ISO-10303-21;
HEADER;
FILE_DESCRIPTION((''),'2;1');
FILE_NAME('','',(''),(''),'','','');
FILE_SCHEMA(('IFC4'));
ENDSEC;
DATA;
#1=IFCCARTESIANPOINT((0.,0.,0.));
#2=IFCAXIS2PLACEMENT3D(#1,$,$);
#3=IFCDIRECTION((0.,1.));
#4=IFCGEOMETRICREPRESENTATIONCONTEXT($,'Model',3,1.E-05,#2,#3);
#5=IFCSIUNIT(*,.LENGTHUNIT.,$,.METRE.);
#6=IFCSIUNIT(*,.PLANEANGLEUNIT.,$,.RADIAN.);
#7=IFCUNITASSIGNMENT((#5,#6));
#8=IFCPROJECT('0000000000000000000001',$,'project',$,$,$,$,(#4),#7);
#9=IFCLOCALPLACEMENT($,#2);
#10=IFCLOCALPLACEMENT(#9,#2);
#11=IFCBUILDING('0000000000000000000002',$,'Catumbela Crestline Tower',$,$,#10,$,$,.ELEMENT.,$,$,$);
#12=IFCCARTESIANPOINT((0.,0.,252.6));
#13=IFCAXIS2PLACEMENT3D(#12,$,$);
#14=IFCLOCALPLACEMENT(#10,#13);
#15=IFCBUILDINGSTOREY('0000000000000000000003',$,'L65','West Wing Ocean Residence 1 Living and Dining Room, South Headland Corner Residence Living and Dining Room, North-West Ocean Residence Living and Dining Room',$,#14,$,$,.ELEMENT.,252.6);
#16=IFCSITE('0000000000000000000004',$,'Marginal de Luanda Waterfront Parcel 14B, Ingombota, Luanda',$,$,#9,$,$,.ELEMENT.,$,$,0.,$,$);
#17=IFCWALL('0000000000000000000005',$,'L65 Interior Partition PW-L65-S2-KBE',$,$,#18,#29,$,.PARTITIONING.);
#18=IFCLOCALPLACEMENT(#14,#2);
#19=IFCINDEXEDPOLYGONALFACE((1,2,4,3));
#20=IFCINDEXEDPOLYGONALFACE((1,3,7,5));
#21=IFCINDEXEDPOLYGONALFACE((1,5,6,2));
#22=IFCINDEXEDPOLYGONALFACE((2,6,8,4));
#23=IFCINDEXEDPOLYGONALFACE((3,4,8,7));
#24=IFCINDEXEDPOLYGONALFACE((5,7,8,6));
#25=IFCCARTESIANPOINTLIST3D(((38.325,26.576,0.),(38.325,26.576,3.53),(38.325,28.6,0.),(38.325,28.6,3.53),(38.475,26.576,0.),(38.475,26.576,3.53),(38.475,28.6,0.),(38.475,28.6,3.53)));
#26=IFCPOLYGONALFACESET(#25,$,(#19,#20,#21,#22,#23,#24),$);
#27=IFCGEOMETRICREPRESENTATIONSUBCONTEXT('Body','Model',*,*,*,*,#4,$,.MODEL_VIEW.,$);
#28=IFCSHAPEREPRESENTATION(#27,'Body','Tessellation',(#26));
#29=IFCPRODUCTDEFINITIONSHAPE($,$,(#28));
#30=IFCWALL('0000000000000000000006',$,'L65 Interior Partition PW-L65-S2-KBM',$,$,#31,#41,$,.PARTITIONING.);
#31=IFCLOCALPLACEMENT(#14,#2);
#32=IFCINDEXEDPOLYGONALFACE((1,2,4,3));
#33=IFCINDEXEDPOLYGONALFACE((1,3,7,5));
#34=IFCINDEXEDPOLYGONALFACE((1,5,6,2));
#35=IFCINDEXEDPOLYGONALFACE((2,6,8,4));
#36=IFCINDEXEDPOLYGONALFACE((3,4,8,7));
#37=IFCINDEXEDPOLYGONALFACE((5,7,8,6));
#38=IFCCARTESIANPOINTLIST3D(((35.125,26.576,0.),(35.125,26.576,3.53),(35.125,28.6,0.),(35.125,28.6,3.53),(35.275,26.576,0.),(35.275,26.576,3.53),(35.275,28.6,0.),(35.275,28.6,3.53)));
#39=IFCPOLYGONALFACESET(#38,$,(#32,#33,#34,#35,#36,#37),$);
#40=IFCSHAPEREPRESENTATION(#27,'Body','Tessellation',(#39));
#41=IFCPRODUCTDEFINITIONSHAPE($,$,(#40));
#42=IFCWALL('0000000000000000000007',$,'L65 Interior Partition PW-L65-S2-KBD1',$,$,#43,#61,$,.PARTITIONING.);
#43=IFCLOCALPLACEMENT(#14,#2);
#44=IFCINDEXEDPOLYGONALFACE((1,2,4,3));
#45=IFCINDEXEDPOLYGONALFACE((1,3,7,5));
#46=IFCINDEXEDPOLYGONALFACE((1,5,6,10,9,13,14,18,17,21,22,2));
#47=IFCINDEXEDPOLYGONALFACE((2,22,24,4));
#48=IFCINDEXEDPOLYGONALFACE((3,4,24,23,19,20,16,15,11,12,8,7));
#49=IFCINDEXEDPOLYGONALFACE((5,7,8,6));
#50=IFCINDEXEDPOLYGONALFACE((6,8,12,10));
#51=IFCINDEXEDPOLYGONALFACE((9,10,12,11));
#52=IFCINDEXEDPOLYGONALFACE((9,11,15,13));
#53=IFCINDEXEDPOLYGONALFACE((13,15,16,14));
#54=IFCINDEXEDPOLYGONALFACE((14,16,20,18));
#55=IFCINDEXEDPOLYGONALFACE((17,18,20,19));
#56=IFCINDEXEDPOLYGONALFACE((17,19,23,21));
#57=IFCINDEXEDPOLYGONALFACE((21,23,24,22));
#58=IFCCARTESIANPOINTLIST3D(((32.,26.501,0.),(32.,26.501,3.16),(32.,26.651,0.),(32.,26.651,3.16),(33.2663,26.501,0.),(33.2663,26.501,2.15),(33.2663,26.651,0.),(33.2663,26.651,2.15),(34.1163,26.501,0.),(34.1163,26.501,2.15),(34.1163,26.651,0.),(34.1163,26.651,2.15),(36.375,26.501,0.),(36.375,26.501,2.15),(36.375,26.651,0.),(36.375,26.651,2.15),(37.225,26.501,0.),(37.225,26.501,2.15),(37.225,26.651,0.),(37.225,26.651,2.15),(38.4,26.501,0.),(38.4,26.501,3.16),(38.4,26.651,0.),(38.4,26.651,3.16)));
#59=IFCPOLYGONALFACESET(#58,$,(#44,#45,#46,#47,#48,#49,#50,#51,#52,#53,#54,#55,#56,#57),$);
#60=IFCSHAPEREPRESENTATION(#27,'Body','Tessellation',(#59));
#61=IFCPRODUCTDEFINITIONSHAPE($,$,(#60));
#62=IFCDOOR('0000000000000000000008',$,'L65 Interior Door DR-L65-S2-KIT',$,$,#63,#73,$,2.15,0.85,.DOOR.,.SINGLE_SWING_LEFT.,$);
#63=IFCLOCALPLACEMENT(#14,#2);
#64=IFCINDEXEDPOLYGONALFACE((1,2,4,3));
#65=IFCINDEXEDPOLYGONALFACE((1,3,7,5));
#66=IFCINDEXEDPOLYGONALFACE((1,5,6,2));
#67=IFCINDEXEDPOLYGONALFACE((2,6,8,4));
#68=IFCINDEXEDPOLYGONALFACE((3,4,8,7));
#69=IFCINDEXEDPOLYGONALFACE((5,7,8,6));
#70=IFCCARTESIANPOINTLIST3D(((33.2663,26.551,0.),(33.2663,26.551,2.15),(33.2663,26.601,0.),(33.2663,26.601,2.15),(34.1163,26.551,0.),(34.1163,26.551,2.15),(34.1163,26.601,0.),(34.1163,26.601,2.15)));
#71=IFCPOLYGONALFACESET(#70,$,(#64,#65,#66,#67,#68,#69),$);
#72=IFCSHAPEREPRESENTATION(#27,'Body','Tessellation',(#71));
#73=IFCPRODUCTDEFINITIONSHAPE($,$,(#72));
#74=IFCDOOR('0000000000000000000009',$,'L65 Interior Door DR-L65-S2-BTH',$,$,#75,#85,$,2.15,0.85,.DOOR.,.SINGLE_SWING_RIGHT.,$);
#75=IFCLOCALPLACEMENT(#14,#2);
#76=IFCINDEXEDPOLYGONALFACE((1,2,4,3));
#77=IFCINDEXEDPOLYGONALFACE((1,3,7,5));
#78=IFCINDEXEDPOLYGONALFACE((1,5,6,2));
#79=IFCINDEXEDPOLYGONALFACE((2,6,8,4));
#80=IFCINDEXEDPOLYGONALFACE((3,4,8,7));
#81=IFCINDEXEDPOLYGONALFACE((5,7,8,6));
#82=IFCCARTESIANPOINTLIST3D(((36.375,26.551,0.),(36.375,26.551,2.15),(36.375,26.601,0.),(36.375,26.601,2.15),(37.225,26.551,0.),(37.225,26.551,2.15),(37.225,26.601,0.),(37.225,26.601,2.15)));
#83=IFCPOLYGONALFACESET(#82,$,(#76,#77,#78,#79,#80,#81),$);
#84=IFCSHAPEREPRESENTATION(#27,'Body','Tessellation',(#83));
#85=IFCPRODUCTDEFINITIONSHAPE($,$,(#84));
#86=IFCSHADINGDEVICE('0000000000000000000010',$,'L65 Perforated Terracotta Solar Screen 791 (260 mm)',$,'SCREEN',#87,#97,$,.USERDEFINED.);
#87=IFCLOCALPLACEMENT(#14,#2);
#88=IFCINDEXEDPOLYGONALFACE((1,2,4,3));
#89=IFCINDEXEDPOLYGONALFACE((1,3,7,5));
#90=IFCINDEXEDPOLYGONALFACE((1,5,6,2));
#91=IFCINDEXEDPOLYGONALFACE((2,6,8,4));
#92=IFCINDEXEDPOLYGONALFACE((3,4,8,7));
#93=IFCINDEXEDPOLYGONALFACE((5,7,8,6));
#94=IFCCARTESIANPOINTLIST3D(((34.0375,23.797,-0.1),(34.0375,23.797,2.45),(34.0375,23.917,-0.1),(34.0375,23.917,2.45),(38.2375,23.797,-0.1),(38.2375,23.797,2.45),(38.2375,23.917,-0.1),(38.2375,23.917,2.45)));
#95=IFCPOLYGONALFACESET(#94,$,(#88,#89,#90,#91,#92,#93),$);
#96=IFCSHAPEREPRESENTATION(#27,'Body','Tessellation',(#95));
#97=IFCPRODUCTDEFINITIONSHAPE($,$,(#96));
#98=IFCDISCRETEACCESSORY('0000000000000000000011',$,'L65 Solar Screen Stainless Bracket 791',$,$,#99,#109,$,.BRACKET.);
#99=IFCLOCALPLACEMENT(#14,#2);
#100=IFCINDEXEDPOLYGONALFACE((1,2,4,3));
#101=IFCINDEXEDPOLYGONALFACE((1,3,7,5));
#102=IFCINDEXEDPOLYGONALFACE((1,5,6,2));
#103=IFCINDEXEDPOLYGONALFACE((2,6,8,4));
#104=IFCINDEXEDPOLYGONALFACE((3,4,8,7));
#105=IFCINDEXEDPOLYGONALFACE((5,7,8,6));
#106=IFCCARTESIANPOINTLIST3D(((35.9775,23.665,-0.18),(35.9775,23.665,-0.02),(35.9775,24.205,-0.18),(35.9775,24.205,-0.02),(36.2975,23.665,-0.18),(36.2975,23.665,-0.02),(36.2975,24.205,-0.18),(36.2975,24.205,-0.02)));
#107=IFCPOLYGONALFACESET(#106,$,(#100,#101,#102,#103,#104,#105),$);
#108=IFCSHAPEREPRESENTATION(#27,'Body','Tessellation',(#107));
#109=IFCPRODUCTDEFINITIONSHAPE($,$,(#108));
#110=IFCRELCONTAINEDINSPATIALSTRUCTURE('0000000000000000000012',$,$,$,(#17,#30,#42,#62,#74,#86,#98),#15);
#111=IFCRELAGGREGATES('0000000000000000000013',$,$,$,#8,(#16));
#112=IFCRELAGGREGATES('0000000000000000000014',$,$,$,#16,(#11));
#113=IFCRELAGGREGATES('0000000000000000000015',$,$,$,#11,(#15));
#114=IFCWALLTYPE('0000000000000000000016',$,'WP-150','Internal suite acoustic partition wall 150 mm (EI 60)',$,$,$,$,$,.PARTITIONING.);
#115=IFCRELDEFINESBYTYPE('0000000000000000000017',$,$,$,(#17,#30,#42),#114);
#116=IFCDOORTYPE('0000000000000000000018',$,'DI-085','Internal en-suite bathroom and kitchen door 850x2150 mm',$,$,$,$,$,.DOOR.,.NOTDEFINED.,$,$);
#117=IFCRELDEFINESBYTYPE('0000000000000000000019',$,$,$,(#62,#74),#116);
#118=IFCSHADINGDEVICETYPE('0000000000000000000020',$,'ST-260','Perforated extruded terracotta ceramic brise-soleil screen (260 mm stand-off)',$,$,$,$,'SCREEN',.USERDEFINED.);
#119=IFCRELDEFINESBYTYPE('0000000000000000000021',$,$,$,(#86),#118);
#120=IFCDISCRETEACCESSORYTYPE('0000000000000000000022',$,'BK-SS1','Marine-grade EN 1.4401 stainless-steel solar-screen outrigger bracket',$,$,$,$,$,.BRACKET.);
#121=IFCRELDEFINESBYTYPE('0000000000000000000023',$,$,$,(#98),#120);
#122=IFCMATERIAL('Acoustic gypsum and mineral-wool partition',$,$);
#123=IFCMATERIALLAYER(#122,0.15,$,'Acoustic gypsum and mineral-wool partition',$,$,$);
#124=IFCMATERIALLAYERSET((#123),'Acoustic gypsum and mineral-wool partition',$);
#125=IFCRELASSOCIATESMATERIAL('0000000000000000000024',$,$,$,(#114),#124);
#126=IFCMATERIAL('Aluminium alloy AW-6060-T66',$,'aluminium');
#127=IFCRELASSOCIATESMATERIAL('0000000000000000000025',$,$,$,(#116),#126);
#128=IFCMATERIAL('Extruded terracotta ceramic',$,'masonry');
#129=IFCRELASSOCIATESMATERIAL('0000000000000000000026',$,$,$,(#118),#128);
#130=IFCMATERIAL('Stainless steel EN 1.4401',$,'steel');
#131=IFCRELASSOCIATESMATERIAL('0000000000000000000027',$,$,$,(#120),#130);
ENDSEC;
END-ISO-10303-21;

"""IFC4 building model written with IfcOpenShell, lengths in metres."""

from ifc_helpers import new_model, si_unit, direction, frame, frame_2d, origin, origin_2d, place, context, subcontext, project, spatial, rectangle, extrude, material, layer, layer_set, type_object, element, fill, save


model = new_model("IFC4")

# Units and contexts
model_context = context("Model", 3, precision=1e-05, world=origin(), true_north=direction((0.0, 1.0)))
body_context = subcontext(model_context, "Body", "Model", "MODEL_VIEW")
ifc_project = project(units=[si_unit("LENGTHUNIT", "METRE"), si_unit("PLANEANGLEUNIT", "RADIAN")], contexts=[model_context])

# Site, building, storey
site_placement = place(None, origin())
site = spatial("IfcSite", under=ifc_project, at=site_placement, Name="Marginal de Luanda Waterfront Parcel 14B, Ingombota, Luanda", CompositionType="ELEMENT", RefElevation=0.0)
building_placement = place(site_placement, origin())
building = spatial("IfcBuilding", under=site, at=building_placement, Name="Catumbela Crestline Tower", CompositionType="ELEMENT")
storey_placement = place(building_placement, frame((0.0, 0.0, 252.6)))
storey = spatial("IfcBuildingStorey", under=building, at=storey_placement, Name="L65", Description="West Wing Ocean Residence 1 Living and Dining Room, South Headland Corner Residence Living and Dining Room, North-West Ocean Residence Living and Dining Room", CompositionType="ELEMENT", Elevation=252.6)

# Shared definitions
ifc_material_1 = material(Name="Aluminium alloy AW-6060-T66", Category="aluminium")

# Walls
ifc_material_2 = material(Name="Acoustic gypsum and mineral-wool partition")
ifc_layer_1 = layer(ifc_material_2, 0.15, Name="Acoustic gypsum and mineral-wool partition")
ifc_layer_set_1 = layer_set([ifc_layer_1], Name="Acoustic gypsum and mineral-wool partition")
wall_type_1 = type_object("IfcWallType", Name="WP-150", Description="Internal suite acoustic partition wall 150 mm (EI 60)", PredefinedType="PARTITIONING", material=ifc_layer_set_1)
for number, where, z_axis, x_axis, name in (
    (1, (38.4, 26.576, 0.0), (0.0, 0.0, 1.0), (0.0, 1.0, 0.0), "L65 Interior Partition PW-L65-S2-KBE"),
    (2, (35.2, 26.576, 0.0), (0.0, 0.0, 1.0), (0.0, 1.0, 0.0), "L65 Interior Partition PW-L65-S2-KBM"),
):
    element("IfcWall", number, at=place(storey_placement, frame(where, z_axis=z_axis, x_axis=x_axis)), inside=storey, type_object=wall_type_1, Name=name, PredefinedType="PARTITIONING", context=body_context, shape_type="SweptSolid", body=[
        extrude(rectangle(XDim=2.024, YDim=0.15, at=frame_2d((1.012, 0.0))), origin(), (0.0, 0.0, 1.0), 3.53),
    ])

# Wall, openings, doors
wall_1_placement = place(storey_placement, frame((32.0, 26.576, 0.0), z_axis=(0.0, 0.0, 1.0), x_axis=(1.0, 0.0, 0.0)))
wall_1 = element("IfcWall", 3, at=wall_1_placement, inside=storey, type_object=wall_type_1, Name="L65 Interior Partition PW-L65-S2-KBD1", PredefinedType="PARTITIONING", context=body_context, shape_type="SweptSolid", body=[
    extrude(rectangle(XDim=6.4, YDim=0.15, at=frame_2d((3.2, 0.0))), origin(), (0.0, 0.0, 1.0), 3.16),
])
opening_1_placement = place(wall_1_placement, frame((1.2663, 0.0, 0.0)))
opening_1 = element("IfcOpeningElement", 4, at=opening_1_placement, cuts=wall_1, PredefinedType="OPENING", context=body_context, shape_type="SweptSolid", body=[
    extrude(rectangle(XDim=0.85, YDim=2.15, at=frame_2d((0.425, 1.075))), frame((0.0, 0.085, 0.0), z_axis=(0.0, -1.0, 0.0), x_axis=(1.0, 0.0, 0.0)), (0.0, 0.0, 1.0), 0.17),
])
opening_2_placement = place(wall_1_placement, frame((4.375, 0.0, 0.0)))
opening_2 = element("IfcOpeningElement", 5, at=opening_2_placement, cuts=wall_1, PredefinedType="OPENING", context=body_context, shape_type="SweptSolid", body=[
    extrude(rectangle(XDim=0.85, YDim=2.15, at=frame_2d((0.425, 1.075))), frame((0.0, 0.085, 0.0), z_axis=(0.0, -1.0, 0.0), x_axis=(1.0, 0.0, 0.0)), (0.0, 0.0, 1.0), 0.17),
])
door_type = type_object("IfcDoorType", Name="DI-085", Description="Internal en-suite bathroom and kitchen door 850x2150 mm", OperationType="NOTDEFINED", PredefinedType="DOOR", material=ifc_material_1)
door_1_placement = place(opening_1_placement, origin())
door_1 = element("IfcDoor", 6, at=door_1_placement, inside=storey, type_object=door_type, Name="L65 Interior Door DR-L65-S2-KIT", OperationType="SINGLE_SWING_LEFT", OverallHeight=2.15, OverallWidth=0.85, PredefinedType="DOOR", context=body_context, shape_type="SweptSolid", body=[
    extrude(rectangle(XDim=0.85, YDim=2.15, at=frame_2d((0.425, 1.075))), frame((0.0, 0.025, 0.0), z_axis=(0.0, -1.0, 0.0), x_axis=(1.0, 0.0, 0.0)), (0.0, 0.0, 1.0), 0.05),
])
fill(opening_1, door_1)
door_2_placement = place(opening_2_placement, origin())
door_2 = element("IfcDoor", 7, at=door_2_placement, inside=storey, type_object=door_type, Name="L65 Interior Door DR-L65-S2-BTH", OperationType="SINGLE_SWING_RIGHT", OverallHeight=2.15, OverallWidth=0.85, PredefinedType="DOOR", context=body_context, shape_type="SweptSolid", body=[
    extrude(rectangle(XDim=0.85, YDim=2.15, at=frame_2d((0.425, 1.075))), frame((0.0, 0.025, 0.0), z_axis=(0.0, -1.0, 0.0), x_axis=(1.0, 0.0, 0.0)), (0.0, 0.0, 1.0), 0.05),
])
fill(opening_2, door_2)

# Shading device
ifc_material_3 = material(Name="Extruded terracotta ceramic", Category="masonry")
shading_device_type = type_object("IfcShadingDeviceType", Name="ST-260", Description="Perforated extruded terracotta ceramic brise-soleil screen (260 mm stand-off)", ElementType="SCREEN", PredefinedType="USERDEFINED", material=ifc_material_3)
shading_device_placement = place(storey_placement, frame((36.1375, 23.857, -0.1), z_axis=(0.0, 0.0, 1.0), x_axis=(1.0, 0.0, 0.0)))
element("IfcShadingDevice", 8, at=shading_device_placement, inside=storey, type_object=shading_device_type, Name="L65 Perforated Terracotta Solar Screen 791 (260 mm)", ObjectType="SCREEN", PredefinedType="USERDEFINED", context=body_context, shape_type="SweptSolid", body=[
    extrude(rectangle(XDim=4.2, YDim=0.12, at=origin_2d()), origin(), (0.0, 0.0, 1.0), 2.55),
])

# Discrete accessory
ifc_material_4 = material(Name="Stainless steel EN 1.4401", Category="steel")
discrete_accessory_type = type_object("IfcDiscreteAccessoryType", Name="BK-SS1", Description="Marine-grade EN 1.4401 stainless-steel solar-screen outrigger bracket", PredefinedType="BRACKET", material=ifc_material_4)
discrete_accessory_placement = place(storey_placement, frame((36.1375, 23.935, -0.18), z_axis=(0.0, 0.0, 1.0), x_axis=(1.0, 0.0, 0.0)))
element("IfcDiscreteAccessory", 9, at=discrete_accessory_placement, inside=storey, type_object=discrete_accessory_type, Name="L65 Solar Screen Stainless Bracket 791", PredefinedType="BRACKET", context=body_context, shape_type="SweptSolid", body=[
    extrude(rectangle(XDim=0.32, YDim=0.54, at=origin_2d()), origin(), (0.0, 0.0, 1.0), 0.16),
])

save(model, "model.ifc")
